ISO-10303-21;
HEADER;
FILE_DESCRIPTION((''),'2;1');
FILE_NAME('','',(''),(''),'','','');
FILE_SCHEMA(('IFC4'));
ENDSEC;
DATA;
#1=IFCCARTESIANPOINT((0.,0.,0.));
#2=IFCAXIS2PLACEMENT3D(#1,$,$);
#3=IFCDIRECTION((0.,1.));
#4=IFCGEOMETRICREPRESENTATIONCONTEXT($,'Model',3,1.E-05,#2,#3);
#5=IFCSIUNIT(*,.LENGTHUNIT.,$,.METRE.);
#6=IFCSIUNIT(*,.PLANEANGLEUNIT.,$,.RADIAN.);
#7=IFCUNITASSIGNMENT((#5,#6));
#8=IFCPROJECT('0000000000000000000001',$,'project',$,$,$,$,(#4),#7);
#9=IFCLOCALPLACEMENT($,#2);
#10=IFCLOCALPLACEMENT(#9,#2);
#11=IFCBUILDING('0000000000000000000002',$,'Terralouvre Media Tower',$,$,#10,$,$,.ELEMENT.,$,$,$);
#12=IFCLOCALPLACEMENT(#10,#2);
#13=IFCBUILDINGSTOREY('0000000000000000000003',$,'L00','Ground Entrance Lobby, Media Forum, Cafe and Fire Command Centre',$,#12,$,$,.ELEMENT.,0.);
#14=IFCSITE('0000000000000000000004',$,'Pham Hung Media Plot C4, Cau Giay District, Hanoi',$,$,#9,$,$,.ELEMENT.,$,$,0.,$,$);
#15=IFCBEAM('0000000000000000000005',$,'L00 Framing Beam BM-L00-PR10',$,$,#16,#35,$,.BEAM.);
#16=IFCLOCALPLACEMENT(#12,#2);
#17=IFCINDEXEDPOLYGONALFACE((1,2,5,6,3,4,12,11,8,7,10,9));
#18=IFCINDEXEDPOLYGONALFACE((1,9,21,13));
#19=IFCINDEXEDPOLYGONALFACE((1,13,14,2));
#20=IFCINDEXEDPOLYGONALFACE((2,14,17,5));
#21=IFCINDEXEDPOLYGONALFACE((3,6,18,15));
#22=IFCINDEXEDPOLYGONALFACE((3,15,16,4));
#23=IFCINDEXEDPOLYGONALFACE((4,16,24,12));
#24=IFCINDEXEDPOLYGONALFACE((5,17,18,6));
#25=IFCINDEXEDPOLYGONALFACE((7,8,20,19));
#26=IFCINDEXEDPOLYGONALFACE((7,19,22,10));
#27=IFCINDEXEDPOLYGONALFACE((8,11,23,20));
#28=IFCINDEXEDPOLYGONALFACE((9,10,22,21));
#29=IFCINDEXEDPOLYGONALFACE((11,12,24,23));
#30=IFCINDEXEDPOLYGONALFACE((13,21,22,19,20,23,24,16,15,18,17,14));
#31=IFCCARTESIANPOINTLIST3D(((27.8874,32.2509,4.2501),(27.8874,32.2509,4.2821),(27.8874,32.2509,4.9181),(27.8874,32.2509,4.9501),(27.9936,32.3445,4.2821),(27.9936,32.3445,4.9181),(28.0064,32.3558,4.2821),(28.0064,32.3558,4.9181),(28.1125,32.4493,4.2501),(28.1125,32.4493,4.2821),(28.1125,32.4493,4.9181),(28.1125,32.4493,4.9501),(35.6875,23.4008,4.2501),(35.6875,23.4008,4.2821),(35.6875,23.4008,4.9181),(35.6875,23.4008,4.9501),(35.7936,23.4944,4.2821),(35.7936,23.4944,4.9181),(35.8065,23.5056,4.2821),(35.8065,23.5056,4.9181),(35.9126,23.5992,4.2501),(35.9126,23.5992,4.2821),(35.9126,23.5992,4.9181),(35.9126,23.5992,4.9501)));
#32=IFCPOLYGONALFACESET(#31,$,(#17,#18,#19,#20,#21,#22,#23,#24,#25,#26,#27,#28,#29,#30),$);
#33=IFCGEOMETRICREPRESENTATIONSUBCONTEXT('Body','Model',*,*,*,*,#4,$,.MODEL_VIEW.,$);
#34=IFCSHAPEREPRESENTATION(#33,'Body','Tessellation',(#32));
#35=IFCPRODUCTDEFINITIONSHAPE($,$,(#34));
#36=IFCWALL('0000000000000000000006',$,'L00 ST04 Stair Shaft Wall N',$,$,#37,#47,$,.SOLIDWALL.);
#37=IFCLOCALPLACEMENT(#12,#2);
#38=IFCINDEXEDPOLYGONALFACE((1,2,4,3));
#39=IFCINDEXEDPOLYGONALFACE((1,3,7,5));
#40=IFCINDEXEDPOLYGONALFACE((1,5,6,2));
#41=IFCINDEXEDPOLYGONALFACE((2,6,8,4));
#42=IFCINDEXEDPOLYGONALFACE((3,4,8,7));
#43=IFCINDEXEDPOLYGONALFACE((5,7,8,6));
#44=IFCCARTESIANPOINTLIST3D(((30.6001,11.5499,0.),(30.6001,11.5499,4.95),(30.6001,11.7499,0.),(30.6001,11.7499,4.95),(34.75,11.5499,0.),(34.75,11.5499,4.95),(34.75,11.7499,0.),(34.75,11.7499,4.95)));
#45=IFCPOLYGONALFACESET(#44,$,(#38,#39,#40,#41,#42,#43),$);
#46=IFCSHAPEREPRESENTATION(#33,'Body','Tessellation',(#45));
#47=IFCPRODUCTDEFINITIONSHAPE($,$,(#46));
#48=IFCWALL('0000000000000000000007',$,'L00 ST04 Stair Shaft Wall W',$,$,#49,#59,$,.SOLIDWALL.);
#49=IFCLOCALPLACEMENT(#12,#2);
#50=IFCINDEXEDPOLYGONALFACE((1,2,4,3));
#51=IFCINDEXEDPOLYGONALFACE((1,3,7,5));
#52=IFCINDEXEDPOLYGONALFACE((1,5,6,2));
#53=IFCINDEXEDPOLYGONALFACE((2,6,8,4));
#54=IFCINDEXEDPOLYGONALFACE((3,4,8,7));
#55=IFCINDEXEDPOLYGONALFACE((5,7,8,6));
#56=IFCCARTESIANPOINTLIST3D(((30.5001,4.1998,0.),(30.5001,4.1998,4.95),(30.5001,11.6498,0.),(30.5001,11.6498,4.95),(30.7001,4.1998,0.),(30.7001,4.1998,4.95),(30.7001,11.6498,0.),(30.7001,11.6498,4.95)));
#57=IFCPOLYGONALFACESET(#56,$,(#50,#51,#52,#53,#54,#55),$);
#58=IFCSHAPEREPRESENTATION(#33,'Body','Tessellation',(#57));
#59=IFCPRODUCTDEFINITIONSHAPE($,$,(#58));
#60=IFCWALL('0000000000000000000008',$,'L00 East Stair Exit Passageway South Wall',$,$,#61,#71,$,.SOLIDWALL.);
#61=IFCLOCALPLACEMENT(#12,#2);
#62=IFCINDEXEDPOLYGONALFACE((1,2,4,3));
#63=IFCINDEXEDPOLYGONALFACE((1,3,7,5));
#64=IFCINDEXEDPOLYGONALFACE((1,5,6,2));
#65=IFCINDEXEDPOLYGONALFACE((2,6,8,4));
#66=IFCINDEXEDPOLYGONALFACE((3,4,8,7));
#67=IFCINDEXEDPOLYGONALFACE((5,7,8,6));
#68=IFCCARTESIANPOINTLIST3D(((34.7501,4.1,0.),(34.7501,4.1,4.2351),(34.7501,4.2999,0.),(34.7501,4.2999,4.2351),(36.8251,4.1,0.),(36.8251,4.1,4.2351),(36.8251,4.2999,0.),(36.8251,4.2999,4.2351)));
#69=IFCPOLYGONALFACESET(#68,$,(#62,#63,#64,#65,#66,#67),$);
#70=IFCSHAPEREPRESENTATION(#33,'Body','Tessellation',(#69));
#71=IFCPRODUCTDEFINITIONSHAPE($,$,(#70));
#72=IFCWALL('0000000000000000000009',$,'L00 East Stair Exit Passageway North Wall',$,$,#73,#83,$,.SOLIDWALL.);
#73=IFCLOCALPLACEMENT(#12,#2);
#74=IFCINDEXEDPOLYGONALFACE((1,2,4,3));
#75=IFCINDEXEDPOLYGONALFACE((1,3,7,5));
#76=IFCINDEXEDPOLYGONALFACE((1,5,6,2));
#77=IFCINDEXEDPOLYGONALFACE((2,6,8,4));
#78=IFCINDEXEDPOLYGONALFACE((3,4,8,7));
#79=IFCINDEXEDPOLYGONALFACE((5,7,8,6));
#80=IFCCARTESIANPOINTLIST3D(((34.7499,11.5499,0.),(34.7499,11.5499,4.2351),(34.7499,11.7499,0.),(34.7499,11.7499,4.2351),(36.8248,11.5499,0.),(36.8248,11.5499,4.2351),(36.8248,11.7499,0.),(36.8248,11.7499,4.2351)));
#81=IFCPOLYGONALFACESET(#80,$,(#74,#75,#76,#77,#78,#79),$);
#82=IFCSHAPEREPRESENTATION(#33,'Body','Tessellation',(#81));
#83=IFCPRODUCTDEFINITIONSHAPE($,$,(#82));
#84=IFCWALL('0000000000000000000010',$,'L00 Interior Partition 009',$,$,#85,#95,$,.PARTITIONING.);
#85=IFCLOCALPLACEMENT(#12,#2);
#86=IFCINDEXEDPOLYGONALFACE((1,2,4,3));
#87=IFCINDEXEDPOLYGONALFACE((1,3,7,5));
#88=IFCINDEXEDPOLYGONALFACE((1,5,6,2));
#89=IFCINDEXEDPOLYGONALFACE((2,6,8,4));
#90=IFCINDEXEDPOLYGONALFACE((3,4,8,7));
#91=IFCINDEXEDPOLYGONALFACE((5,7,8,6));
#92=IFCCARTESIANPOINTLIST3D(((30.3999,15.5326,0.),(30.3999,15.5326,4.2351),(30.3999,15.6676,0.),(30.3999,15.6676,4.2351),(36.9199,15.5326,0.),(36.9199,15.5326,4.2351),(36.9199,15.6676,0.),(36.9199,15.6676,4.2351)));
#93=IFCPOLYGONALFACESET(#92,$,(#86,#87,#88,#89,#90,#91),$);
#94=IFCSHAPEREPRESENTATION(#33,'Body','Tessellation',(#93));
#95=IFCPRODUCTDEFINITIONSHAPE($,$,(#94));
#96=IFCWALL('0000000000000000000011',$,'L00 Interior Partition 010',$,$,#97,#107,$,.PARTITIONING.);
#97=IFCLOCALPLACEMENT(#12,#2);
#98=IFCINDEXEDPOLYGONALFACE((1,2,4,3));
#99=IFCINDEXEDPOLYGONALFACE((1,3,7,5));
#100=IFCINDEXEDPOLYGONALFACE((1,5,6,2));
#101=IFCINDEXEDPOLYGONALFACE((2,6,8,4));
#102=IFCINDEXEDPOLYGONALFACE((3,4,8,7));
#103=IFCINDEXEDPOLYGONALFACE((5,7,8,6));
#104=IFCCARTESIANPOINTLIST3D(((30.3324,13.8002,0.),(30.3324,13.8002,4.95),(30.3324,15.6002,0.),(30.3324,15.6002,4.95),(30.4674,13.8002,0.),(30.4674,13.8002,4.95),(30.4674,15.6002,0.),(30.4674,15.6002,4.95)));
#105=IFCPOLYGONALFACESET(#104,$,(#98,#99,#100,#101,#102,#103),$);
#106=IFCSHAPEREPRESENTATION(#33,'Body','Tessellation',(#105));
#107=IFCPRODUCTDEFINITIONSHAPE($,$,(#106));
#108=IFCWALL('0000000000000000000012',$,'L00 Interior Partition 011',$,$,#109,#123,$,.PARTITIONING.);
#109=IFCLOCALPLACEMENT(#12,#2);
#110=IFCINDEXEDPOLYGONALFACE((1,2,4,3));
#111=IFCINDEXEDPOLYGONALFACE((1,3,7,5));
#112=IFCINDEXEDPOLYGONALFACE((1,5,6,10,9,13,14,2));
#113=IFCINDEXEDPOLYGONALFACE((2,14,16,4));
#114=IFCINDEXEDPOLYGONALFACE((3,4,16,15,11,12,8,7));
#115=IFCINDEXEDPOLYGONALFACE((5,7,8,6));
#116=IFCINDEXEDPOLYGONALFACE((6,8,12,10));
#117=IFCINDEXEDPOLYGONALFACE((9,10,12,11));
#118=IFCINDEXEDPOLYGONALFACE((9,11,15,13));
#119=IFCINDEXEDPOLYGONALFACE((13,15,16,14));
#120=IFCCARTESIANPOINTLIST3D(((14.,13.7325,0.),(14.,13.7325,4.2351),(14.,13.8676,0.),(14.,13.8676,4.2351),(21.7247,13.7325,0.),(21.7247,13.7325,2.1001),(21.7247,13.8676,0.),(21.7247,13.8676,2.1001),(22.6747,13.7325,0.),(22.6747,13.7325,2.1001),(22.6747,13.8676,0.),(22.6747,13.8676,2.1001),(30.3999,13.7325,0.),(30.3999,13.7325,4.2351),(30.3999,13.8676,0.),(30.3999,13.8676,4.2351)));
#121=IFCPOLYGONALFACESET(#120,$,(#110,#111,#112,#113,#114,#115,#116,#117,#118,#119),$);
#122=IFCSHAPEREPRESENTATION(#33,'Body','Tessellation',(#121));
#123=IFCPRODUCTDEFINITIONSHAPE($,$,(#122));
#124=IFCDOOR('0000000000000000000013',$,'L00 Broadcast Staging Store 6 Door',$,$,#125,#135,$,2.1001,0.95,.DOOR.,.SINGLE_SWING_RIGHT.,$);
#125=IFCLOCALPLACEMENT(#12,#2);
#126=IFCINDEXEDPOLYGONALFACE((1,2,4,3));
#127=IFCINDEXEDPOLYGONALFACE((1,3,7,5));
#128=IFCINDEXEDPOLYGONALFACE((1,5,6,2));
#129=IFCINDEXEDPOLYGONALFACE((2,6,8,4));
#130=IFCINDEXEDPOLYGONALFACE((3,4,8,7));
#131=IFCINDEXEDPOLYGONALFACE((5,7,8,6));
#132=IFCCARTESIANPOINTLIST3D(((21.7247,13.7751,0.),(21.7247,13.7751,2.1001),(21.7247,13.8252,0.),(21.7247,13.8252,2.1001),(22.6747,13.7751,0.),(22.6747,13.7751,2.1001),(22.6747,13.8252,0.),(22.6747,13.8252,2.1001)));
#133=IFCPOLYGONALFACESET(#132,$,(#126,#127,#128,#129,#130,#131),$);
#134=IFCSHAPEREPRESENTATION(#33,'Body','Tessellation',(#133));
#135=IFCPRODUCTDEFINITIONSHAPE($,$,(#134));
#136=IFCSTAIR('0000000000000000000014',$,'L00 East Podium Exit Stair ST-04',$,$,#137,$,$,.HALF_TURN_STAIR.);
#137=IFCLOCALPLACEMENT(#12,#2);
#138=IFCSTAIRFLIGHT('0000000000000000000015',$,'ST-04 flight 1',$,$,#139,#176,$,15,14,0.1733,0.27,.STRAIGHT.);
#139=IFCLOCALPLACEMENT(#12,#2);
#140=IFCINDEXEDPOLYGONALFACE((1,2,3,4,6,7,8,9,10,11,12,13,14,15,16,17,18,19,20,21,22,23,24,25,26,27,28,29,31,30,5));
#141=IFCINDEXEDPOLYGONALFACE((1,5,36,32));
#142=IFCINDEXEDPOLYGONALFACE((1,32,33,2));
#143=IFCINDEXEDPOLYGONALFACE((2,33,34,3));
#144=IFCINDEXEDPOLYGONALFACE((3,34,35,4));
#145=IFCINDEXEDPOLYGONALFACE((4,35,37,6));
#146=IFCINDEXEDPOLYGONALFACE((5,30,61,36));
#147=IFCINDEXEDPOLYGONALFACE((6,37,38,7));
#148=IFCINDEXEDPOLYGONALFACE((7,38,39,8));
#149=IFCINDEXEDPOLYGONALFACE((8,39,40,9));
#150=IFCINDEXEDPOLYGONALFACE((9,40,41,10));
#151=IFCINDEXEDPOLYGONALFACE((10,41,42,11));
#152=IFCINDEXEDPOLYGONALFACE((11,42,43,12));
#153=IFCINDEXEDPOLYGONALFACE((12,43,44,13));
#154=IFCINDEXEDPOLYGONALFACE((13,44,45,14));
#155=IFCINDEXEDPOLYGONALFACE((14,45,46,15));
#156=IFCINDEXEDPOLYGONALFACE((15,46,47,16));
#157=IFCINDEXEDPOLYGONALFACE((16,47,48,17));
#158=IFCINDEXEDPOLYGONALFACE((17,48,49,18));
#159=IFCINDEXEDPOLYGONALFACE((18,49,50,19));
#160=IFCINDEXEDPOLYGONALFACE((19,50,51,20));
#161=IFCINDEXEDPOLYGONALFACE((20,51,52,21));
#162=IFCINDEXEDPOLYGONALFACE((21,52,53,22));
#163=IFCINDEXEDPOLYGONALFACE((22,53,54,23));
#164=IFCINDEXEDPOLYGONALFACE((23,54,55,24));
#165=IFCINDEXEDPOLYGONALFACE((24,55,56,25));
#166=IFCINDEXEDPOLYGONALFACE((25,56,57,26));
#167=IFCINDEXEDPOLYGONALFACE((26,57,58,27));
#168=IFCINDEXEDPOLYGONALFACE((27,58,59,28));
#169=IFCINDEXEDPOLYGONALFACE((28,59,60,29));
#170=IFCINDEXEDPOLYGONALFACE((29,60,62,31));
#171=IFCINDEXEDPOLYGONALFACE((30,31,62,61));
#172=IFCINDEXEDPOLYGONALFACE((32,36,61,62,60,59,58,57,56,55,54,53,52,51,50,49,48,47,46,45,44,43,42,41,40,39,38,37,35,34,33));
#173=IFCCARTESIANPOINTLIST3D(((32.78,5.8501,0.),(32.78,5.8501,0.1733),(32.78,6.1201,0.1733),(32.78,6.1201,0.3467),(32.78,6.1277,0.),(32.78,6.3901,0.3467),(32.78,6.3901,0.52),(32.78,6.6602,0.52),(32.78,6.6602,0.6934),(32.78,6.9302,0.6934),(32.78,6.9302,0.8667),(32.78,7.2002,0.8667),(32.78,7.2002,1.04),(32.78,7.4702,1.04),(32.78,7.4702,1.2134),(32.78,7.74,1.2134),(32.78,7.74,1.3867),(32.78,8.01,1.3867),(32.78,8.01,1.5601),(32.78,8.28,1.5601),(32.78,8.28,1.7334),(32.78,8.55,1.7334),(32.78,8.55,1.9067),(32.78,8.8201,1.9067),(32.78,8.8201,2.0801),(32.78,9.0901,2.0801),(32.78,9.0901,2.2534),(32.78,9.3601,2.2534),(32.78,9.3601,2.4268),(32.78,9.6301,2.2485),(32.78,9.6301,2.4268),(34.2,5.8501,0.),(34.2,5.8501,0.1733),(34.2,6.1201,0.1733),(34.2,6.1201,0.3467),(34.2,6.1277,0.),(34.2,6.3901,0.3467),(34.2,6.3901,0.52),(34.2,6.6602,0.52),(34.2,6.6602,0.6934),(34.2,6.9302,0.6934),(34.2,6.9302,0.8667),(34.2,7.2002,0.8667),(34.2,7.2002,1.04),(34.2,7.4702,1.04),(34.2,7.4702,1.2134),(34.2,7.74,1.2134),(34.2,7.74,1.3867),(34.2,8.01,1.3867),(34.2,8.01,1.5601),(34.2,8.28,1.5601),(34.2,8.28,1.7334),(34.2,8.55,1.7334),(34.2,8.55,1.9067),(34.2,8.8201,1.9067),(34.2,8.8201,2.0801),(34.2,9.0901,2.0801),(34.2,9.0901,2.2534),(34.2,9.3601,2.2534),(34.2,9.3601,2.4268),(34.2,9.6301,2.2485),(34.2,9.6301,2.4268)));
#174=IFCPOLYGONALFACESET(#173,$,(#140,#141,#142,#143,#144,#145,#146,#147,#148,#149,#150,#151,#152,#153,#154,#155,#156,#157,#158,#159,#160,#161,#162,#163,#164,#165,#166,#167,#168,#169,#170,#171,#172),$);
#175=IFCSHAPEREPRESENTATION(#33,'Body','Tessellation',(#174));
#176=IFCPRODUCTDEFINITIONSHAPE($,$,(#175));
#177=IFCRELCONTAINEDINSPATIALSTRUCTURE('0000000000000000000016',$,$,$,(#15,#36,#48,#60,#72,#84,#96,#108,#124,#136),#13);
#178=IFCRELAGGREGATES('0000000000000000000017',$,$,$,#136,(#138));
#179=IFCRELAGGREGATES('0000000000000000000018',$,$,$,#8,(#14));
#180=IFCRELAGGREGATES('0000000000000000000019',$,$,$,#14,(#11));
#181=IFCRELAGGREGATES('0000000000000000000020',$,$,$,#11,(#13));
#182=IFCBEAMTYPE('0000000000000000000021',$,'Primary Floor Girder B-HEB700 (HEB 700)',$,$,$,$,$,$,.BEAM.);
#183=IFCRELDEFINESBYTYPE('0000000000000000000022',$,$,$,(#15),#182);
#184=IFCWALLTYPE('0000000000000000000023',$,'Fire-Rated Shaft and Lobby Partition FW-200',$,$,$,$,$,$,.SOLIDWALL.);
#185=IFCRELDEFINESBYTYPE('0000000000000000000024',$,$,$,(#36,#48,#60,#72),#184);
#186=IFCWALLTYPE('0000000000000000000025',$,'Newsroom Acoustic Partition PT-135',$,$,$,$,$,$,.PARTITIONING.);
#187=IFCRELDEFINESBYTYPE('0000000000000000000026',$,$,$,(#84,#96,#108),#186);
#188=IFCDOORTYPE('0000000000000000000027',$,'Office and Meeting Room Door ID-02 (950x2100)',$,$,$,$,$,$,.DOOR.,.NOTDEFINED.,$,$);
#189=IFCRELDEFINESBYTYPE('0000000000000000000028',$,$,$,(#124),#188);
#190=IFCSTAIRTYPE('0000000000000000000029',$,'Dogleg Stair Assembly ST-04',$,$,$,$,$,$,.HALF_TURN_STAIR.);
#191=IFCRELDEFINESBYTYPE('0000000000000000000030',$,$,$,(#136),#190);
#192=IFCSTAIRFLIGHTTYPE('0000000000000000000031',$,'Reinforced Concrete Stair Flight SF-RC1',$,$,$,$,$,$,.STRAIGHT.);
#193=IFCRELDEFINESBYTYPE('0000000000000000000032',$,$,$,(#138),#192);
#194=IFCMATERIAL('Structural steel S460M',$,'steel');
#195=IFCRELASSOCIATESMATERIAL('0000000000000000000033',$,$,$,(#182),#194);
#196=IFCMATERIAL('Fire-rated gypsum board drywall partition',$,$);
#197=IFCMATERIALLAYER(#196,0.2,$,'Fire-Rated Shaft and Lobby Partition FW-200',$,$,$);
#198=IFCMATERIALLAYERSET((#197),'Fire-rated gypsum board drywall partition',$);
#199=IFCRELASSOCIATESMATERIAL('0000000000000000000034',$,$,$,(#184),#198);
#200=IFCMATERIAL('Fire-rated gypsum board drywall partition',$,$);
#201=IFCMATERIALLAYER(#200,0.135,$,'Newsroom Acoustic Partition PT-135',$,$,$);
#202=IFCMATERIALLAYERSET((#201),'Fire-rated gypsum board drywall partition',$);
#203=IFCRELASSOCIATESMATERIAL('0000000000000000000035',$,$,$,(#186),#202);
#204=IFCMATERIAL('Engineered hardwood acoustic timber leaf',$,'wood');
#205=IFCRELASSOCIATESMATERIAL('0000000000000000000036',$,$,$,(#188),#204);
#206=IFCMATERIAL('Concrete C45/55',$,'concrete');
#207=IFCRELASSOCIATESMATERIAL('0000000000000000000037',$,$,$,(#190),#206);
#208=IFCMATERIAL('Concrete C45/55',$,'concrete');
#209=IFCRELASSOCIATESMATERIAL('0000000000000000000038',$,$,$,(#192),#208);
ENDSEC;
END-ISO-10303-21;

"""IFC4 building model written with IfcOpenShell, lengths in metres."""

from ifc_helpers import new_model, si_unit, direction, frame, frame_2d, origin, origin_2d, place, context, subcontext, project, spatial, polyline, rectangle, i_section, outline, extrude, material, layer, layer_set, material_profile, profile_set, type_object, element, fill, aggregate, save


model = new_model("IFC4")

# Units and contexts
model_context = context("Model", 3, precision=1e-05, world=origin(), true_north=direction((0.0, 1.0)))
body_context = subcontext(model_context, "Body", "Model", "MODEL_VIEW")
ifc_project = project(units=[si_unit("LENGTHUNIT", "METRE"), si_unit("PLANEANGLEUNIT", "RADIAN")], contexts=[model_context])

# Site, building, storey
site_placement = place(None, origin())
site = spatial("IfcSite", under=ifc_project, at=site_placement, Name="Pham Hung Media Plot C4, Cau Giay District, Hanoi", CompositionType="ELEMENT", RefElevation=0.0)
building_placement = place(site_placement, origin())
building = spatial("IfcBuilding", under=site, at=building_placement, Name="Terralouvre Media Tower", CompositionType="ELEMENT")
storey_placement = place(building_placement, origin())
storey = spatial("IfcBuildingStorey", under=building, at=storey_placement, Name="L00", Description="Ground Entrance Lobby, Media Forum, Cafe and Fire Command Centre", CompositionType="ELEMENT", Elevation=0.0)

# Beam
ifc_material_1 = material(Name="Structural steel S460M", Category="steel")
ifc_material_profile_1 = material_profile(ifc_material_1, i_section(OverallWidth=0.3, OverallDepth=0.7, WebThickness=0.0171, FlangeThickness=0.032, at=origin_2d()), Name="HEB 700")
ifc_profile_set_1 = profile_set([ifc_material_profile_1], Name="Structural steel S460M")
beam_type_1 = type_object("IfcBeamType", Name="Primary Floor Girder B-HEB700 (HEB 700)", PredefinedType="BEAM", material=ifc_profile_set_1)
beam_1_placement = place(storey_placement, frame((35.8, 23.5, 4.6001), z_axis=(-0.661199, 0.75021, 0.0), x_axis=(-0.75021, -0.661199, 0.0)))
element("IfcBeam", 1, at=beam_1_placement, inside=storey, type_object=beam_type_1, Name="L00 Framing Beam BM-L00-PR10", PredefinedType="BEAM", context=body_context, shape_type="SweptSolid", body=[
    extrude(i_section(OverallWidth=0.3, OverallDepth=0.7, WebThickness=0.0171, FlangeThickness=0.032, at=origin_2d()), origin(), (0.0, 0.0, 1.0), 11.7969),
])

# Walls
ifc_material_2 = material(Name="Fire-rated gypsum board drywall partition")
ifc_layer_1 = layer(ifc_material_2, 0.2, Name="Fire-Rated Shaft and Lobby Partition FW-200")
ifc_layer_set_1 = layer_set([ifc_layer_1], Name="Fire-rated gypsum board drywall partition")
wall_type_1 = type_object("IfcWallType", Name="Fire-Rated Shaft and Lobby Partition FW-200", PredefinedType="SOLIDWALL", material=ifc_layer_set_1)
wall_1_placement = place(storey_placement, frame((34.75, 11.6499, 0.0), z_axis=(0.0, 0.0, 1.0), x_axis=(-1.0, 0.0, 0.0)))
element("IfcWall", 2, at=wall_1_placement, inside=storey, type_object=wall_type_1, Name="L00 ST04 Stair Shaft Wall N", PredefinedType="SOLIDWALL", context=body_context, shape_type="SweptSolid", body=[
    extrude(rectangle(XDim=4.1499, YDim=0.2, at=frame_2d((2.075, 0.0))), origin(), (0.0, 0.0, 1.0), 4.95),
])
wall_2_placement = place(storey_placement, frame((30.6001, 11.6499, 0.0), z_axis=(0.0, 0.0, 1.0), x_axis=(0.0, -1.0, 0.0)))
element("IfcWall", 3, at=wall_2_placement, inside=storey, type_object=wall_type_1, Name="L00 ST04 Stair Shaft Wall W", PredefinedType="SOLIDWALL", context=body_context, shape_type="SweptSolid", body=[
    extrude(rectangle(XDim=7.45, YDim=0.2, at=frame_2d((3.7251, 0.0))), origin(), (0.0, 0.0, 1.0), 4.95),
])
for number, where, z_axis, x_axis, name in (
    (4, (34.75, 4.2, 0.0), (0.0, 0.0, 1.0), (1.0, 0.0, 0.0), "L00 East Stair Exit Passageway South Wall"),
    (5, (36.825, 11.6499, 0.0), (0.0, 0.0, 1.0), (-1.0, 0.0, 0.0), "L00 East Stair Exit Passageway North Wall"),
):
    element("IfcWall", number, at=place(storey_placement, frame(where, z_axis=z_axis, x_axis=x_axis)), inside=storey, type_object=wall_type_1, Name=name, PredefinedType="SOLIDWALL", context=body_context, shape_type="SweptSolid", body=[
        extrude(rectangle(XDim=2.075, YDim=0.2, at=frame_2d((1.0376, 0.0))), origin(), (0.0, 0.0, 1.0), 4.2351),
    ])
ifc_material_3 = material(Name="Fire-rated gypsum board drywall partition")
ifc_layer_2 = layer(ifc_material_3, 0.135, Name="Newsroom Acoustic Partition PT-135")
ifc_layer_set_2 = layer_set([ifc_layer_2], Name="Fire-rated gypsum board drywall partition")
wall_type_2 = type_object("IfcWallType", Name="Newsroom Acoustic Partition PT-135", PredefinedType="PARTITIONING", material=ifc_layer_set_2)
wall_3_placement = place(storey_placement, frame((36.9199, 15.6001, 0.0), z_axis=(0.0, 0.0, 1.0), x_axis=(-1.0, 0.0, 0.0)))
element("IfcWall", 6, at=wall_3_placement, inside=storey, type_object=wall_type_2, Name="L00 Interior Partition 009", PredefinedType="PARTITIONING", context=body_context, shape_type="SweptSolid", body=[
    extrude(rectangle(XDim=6.52, YDim=0.135, at=frame_2d((3.26, 0.0))), origin(), (0.0, 0.0, 1.0), 4.2351),
])
wall_4_placement = place(storey_placement, frame((30.3999, 15.6001, 0.0), z_axis=(0.0, 0.0, 1.0), x_axis=(0.0, -1.0, 0.0)))
element("IfcWall", 7, at=wall_4_placement, inside=storey, type_object=wall_type_2, Name="L00 Interior Partition 010", PredefinedType="PARTITIONING", context=body_context, shape_type="SweptSolid", body=[
    extrude(rectangle(XDim=1.8, YDim=0.135, at=frame_2d((0.8999, 0.0))), origin(), (0.0, 0.0, 1.0), 4.95),
])

# Wall, opening, door
wall_5_placement = place(storey_placement, frame((30.3999, 13.8, 0.0), z_axis=(0.0, 0.0, 1.0), x_axis=(-1.0, 0.0, 0.0)))
wall_5 = element("IfcWall", 8, at=wall_5_placement, inside=storey, type_object=wall_type_2, Name="L00 Interior Partition 011", PredefinedType="PARTITIONING", context=body_context, shape_type="SweptSolid", body=[
    extrude(rectangle(XDim=16.3999, YDim=0.135, at=frame_2d((8.2, 0.0))), origin(), (0.0, 0.0, 1.0), 4.2351),
])
opening_placement = place(wall_5_placement, frame((7.7251, 0.0, 0.0)))
opening = element("IfcOpeningElement", 9, at=opening_placement, cuts=wall_5, PredefinedType="OPENING", context=body_context, shape_type="SweptSolid", body=[
    extrude(rectangle(XDim=0.95, YDim=2.1001, at=frame_2d((0.4751, 1.05))), frame((0.0, 0.0774, 0.0), z_axis=(0.0, -1.0, 0.0), x_axis=(1.0, 0.0, 0.0)), (0.0, 0.0, 1.0), 0.155),
])
ifc_material_4 = material(Name="Engineered hardwood acoustic timber leaf", Category="wood")
door_type = type_object("IfcDoorType", Name="Office and Meeting Room Door ID-02 (950x2100)", OperationType="NOTDEFINED", PredefinedType="DOOR", material=ifc_material_4)
door_placement = place(opening_placement, origin())
door = element("IfcDoor", 10, at=door_placement, inside=storey, type_object=door_type, Name="L00 Broadcast Staging Store 6 Door", OperationType="SINGLE_SWING_RIGHT", OverallHeight=2.1001, OverallWidth=0.95, PredefinedType="DOOR", context=body_context, shape_type="SweptSolid", body=[
    extrude(rectangle(XDim=0.95, YDim=2.1001, at=frame_2d((0.4751, 1.05))), frame((0.0, 0.0249, 0.0), z_axis=(0.0, -1.0, 0.0), x_axis=(1.0, 0.0, 0.0)), (0.0, 0.0, 1.0), 0.05),
])
fill(opening, door)

# Stair, stair flight
ifc_material_5 = material(Name="Concrete C45/55", Category="concrete")
stair_type = type_object("IfcStairType", Name="Dogleg Stair Assembly ST-04", PredefinedType="HALF_TURN_STAIR", material=ifc_material_5)
stair_placement = place(storey_placement, origin())
stair = element("IfcStair", 11, at=stair_placement, inside=storey, type_object=stair_type, Name="L00 East Podium Exit Stair ST-04", PredefinedType="HALF_TURN_STAIR")
ifc_material_6 = material(Name="Concrete C45/55", Category="concrete")
stair_flight_type = type_object("IfcStairFlightType", Name="Reinforced Concrete Stair Flight SF-RC1", PredefinedType="STRAIGHT", material=ifc_material_6)
stair_flight_1_placement = place(storey_placement, frame((33.49, 5.8501, 0.0), z_axis=(0.0, 0.0, 1.0), x_axis=(0.0, 1.0, 0.0)))
stair_flight_1 = element("IfcStairFlight", 12, at=stair_flight_1_placement, type_object=stair_flight_type, Name="ST-04 flight 1", NumberOfRisers=15, NumberOfTreads=14, PredefinedType="STRAIGHT", RiserHeight=0.1733, TreadLength=0.27, context=body_context, shape_type="SweptSolid", body=[
    extrude(outline(polyline([(0.0, 0.0), (0.0, 0.1733), (0.27, 0.1733), (0.27, 0.3467), (0.54, 0.3467), (0.54, 0.52), (0.8101, 0.52), (0.8101, 0.6934), (1.0801, 0.6934), (1.0801, 0.8667), (1.3501, 0.8667), (1.3501, 1.04), (1.6201, 1.04), (1.6201, 1.2134), (1.8899, 1.2134), (1.8899, 1.3867), (2.1599, 1.3867), (2.1599, 1.5601), (2.4299, 1.5601), (2.4299, 1.7334), (2.7, 1.7334), (2.7, 1.9067), (2.97, 1.9067), (2.97, 2.0801), (3.24, 2.0801), (3.24, 2.2534), (3.51, 2.2534), (3.51, 2.4268), (3.78, 2.4268), (3.78, 2.6001), (3.78, 2.2485), (0.2776, 0.0), (0.0, 0.0)])), frame((0.0, 0.71, 0.0), z_axis=(0.0, -1.0, 0.0), x_axis=(1.0, 0.0, 0.0)), (0.0, 0.0, 1.0), 1.4199),
])
aggregate(stair, [stair_flight_1])

save(model, "model.ifc")
